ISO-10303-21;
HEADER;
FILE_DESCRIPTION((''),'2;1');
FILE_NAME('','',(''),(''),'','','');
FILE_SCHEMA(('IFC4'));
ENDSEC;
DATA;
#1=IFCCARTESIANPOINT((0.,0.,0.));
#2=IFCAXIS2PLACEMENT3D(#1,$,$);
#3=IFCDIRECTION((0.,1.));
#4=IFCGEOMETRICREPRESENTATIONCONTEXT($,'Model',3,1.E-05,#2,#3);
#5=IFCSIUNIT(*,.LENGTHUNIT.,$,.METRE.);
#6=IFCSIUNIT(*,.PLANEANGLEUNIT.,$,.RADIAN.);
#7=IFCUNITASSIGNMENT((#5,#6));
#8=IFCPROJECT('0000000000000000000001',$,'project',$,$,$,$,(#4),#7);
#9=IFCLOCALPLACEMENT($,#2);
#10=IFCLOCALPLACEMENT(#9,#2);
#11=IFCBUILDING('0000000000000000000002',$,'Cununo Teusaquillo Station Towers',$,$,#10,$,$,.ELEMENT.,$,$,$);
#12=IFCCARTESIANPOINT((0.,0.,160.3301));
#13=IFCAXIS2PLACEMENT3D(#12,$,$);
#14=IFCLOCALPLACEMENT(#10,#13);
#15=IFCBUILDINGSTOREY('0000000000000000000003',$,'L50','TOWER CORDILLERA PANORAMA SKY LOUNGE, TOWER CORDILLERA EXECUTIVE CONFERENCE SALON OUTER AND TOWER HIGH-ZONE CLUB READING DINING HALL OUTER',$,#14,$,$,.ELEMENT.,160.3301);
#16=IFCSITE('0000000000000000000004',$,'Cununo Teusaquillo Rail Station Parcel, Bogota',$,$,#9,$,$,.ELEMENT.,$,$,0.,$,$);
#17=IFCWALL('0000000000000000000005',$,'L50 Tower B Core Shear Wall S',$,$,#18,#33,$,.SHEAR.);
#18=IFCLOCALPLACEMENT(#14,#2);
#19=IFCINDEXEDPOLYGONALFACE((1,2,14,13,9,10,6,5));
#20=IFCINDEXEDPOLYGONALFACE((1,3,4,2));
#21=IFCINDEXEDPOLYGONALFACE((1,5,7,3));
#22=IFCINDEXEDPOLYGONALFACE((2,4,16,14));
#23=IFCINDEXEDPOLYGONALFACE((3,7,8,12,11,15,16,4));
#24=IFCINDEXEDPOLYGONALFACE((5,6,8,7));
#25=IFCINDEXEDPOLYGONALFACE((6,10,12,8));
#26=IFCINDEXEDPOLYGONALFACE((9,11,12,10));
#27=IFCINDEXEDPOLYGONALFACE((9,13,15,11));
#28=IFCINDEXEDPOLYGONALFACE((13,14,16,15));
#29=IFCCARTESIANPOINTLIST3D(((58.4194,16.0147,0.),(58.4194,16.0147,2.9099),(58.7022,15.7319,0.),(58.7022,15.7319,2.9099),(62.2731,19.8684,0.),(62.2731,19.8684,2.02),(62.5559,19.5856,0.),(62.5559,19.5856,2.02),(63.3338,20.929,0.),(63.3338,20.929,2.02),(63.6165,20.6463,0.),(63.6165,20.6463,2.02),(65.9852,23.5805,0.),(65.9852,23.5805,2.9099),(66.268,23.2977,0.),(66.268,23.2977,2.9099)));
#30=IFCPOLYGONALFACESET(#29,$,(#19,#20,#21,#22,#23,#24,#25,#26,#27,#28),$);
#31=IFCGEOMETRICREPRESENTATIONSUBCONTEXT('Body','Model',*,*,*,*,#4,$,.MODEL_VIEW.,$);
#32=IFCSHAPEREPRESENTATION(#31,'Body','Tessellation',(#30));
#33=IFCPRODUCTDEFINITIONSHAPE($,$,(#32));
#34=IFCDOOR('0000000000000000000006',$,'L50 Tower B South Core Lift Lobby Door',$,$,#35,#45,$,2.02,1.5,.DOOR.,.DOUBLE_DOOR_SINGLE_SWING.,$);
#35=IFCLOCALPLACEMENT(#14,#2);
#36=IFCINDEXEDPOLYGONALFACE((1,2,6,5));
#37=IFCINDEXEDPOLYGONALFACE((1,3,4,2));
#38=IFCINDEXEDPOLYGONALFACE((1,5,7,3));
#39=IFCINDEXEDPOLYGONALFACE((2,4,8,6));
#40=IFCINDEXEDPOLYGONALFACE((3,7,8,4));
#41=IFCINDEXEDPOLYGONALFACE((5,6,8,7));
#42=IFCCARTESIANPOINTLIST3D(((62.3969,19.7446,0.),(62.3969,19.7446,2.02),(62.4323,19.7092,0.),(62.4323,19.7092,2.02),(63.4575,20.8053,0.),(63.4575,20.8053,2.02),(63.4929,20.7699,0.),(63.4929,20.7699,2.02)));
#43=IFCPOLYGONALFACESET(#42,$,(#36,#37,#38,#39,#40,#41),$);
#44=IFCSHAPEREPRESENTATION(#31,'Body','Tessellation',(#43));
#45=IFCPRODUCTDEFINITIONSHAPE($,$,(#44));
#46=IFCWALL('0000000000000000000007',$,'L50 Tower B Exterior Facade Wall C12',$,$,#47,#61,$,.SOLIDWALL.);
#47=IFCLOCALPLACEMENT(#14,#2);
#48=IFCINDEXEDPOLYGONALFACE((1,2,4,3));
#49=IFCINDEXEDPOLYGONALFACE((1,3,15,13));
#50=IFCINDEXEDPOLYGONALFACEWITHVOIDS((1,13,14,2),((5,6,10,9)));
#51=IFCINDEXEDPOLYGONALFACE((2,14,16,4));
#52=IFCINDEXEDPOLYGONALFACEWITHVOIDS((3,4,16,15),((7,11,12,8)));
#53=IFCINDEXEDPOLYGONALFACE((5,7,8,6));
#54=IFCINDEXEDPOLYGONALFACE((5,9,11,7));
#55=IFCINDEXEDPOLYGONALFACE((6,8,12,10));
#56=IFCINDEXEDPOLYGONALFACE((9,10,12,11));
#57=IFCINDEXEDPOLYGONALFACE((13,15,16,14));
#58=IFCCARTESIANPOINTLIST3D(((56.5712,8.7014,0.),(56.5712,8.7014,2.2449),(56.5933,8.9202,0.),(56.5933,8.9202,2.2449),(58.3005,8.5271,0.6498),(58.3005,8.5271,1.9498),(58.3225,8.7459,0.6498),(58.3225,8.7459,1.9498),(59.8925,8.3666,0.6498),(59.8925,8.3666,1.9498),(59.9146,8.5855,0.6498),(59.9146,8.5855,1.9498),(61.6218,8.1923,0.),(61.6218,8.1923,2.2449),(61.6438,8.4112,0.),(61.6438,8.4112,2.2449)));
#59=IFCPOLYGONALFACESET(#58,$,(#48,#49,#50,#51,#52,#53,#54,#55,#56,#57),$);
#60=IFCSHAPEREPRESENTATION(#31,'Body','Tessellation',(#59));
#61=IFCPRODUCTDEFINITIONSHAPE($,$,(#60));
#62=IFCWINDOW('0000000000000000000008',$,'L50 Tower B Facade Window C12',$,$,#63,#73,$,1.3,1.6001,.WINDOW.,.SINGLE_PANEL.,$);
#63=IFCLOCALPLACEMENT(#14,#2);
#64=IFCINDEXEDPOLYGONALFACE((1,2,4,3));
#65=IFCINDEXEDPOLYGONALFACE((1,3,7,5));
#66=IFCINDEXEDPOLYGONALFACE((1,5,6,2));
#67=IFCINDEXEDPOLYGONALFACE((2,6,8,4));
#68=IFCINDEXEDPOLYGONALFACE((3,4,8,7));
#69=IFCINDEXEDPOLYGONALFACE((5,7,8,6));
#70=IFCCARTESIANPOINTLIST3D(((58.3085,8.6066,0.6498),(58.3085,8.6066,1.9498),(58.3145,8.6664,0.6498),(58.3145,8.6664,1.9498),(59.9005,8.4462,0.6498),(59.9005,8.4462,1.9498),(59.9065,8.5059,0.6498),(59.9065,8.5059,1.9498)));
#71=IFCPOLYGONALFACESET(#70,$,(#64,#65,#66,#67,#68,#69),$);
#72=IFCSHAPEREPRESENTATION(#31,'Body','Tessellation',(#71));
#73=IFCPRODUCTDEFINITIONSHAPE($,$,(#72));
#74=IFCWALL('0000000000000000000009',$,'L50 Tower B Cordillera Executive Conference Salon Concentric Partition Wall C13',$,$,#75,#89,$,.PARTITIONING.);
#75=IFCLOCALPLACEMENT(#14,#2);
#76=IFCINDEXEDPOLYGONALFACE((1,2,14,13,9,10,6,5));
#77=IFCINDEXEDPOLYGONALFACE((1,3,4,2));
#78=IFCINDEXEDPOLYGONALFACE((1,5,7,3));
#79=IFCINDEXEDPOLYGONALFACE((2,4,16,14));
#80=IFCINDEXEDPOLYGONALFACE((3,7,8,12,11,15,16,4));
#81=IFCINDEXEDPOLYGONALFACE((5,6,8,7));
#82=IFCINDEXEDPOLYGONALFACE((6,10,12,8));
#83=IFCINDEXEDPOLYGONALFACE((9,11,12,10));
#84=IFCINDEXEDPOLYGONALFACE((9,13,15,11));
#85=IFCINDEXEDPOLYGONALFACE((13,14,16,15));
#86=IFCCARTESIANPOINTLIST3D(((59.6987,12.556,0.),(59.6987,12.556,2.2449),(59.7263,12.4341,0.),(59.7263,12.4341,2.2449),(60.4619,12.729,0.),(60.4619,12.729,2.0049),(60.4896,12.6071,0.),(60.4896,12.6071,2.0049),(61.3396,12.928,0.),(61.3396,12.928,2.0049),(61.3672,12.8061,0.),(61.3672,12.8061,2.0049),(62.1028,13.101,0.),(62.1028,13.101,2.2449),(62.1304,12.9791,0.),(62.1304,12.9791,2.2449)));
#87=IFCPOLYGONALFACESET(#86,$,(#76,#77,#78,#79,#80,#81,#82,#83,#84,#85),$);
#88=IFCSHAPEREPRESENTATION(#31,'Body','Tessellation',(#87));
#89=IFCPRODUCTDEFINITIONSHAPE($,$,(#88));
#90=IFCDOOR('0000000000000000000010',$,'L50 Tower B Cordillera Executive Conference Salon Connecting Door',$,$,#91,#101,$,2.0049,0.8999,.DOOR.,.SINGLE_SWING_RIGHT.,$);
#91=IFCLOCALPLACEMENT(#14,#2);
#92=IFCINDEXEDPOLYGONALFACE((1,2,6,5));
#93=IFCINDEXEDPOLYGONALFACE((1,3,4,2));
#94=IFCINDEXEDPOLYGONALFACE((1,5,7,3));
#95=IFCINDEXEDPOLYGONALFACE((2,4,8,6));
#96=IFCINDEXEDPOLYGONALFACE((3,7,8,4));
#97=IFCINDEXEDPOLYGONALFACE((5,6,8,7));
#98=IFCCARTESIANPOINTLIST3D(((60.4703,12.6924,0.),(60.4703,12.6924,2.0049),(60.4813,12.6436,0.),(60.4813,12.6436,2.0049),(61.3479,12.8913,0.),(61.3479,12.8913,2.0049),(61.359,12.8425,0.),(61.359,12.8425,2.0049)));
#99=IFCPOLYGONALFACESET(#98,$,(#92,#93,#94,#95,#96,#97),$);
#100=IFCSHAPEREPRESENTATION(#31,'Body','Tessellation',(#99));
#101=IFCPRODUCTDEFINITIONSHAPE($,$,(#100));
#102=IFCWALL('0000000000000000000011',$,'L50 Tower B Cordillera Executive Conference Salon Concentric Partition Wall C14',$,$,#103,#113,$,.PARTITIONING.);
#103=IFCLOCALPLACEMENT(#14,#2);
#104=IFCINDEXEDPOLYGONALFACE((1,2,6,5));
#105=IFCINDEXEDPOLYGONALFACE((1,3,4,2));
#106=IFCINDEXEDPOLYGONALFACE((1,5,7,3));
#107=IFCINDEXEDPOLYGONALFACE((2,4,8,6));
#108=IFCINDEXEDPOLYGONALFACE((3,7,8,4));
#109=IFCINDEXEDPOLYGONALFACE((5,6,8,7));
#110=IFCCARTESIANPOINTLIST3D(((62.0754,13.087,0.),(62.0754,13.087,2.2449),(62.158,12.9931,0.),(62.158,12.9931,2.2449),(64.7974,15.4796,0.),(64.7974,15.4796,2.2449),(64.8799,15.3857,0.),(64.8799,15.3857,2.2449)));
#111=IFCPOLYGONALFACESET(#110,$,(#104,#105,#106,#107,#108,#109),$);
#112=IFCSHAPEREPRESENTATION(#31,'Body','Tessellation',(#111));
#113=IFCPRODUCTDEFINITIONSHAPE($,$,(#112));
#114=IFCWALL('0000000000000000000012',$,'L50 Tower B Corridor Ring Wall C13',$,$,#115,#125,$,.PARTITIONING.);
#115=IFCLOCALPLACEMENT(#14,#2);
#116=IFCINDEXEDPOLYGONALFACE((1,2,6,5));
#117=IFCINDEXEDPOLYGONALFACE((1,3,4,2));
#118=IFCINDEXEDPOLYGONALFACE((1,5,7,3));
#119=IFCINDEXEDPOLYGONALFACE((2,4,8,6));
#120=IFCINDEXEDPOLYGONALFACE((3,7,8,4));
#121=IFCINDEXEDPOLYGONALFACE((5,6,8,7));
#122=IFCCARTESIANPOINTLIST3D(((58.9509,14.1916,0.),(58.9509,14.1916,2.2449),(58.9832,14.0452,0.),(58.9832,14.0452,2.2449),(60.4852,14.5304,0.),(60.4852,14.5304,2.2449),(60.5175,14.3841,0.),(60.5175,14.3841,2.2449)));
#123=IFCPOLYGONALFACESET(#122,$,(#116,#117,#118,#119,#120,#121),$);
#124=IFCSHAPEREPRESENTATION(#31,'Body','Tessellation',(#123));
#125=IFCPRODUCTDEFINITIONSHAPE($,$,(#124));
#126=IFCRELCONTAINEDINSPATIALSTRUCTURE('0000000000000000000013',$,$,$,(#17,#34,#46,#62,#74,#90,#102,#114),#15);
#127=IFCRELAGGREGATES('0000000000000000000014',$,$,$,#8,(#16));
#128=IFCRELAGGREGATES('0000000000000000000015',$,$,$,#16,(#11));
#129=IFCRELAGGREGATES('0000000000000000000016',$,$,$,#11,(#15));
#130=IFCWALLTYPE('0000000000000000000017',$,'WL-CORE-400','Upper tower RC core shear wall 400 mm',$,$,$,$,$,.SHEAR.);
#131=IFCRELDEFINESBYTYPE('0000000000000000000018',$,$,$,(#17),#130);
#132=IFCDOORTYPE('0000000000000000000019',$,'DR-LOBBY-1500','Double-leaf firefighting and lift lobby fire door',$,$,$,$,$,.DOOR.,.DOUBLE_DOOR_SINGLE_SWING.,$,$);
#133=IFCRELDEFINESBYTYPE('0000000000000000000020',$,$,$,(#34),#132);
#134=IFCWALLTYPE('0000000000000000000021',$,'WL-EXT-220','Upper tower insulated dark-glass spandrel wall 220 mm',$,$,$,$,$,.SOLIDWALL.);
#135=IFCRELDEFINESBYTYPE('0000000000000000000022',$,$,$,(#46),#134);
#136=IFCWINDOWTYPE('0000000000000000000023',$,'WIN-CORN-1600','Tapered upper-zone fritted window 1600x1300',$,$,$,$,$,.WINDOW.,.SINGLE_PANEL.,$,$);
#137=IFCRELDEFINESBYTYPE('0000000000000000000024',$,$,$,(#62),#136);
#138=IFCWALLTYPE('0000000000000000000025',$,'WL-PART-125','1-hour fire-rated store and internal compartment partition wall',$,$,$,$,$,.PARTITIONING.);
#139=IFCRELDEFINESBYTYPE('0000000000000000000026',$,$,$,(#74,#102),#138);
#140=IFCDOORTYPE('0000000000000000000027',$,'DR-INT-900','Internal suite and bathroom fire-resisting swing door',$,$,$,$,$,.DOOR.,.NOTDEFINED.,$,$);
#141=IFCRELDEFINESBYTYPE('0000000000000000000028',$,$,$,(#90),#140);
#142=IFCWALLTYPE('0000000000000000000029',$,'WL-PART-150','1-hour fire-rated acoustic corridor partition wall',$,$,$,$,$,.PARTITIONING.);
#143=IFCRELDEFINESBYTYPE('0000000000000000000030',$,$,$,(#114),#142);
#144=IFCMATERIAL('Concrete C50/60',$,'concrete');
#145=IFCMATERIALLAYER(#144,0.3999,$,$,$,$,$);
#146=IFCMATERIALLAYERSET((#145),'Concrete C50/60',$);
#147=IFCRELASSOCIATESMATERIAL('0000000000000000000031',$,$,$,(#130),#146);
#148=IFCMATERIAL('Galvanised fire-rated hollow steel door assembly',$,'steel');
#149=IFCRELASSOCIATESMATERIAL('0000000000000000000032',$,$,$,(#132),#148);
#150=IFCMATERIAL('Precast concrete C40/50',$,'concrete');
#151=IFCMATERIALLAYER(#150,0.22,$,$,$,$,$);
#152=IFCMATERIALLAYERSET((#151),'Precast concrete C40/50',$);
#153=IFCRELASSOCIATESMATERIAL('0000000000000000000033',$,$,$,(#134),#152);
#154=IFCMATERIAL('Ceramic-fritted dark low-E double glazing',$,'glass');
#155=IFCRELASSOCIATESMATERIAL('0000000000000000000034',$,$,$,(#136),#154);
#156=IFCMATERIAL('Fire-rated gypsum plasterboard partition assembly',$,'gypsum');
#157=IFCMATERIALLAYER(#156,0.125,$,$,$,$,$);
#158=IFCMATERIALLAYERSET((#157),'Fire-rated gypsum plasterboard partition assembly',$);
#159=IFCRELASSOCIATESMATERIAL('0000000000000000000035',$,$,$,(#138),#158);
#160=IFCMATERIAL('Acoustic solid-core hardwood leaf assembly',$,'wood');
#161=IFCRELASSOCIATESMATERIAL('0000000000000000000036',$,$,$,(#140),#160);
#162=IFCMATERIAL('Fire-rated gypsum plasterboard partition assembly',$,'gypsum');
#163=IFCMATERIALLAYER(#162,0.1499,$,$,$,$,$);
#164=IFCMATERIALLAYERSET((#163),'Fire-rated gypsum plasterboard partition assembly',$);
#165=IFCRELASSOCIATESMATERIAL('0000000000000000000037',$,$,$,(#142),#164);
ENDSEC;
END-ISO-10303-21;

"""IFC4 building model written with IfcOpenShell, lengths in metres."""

from ifc_helpers import new_model, si_unit, direction, frame, frame_2d, origin, place, context, subcontext, project, spatial, rectangle, extrude, source, transform, mapped, material, layer, layer_set, type_object, element, fill, save


model = new_model("IFC4")

# Units and contexts
model_context = context("Model", 3, precision=1e-05, world=origin(), true_north=direction((0.0, 1.0)))
body_context = subcontext(model_context, "Body", "Model", "MODEL_VIEW")
ifc_project = project(units=[si_unit("LENGTHUNIT", "METRE"), si_unit("PLANEANGLEUNIT", "RADIAN")], contexts=[model_context])

# Site, building, storey
site_placement = place(None, origin())
site = spatial("IfcSite", under=ifc_project, at=site_placement, Name="Cununo Teusaquillo Rail Station Parcel, Bogota", CompositionType="ELEMENT", RefElevation=0.0)
building_placement = place(site_placement, origin())
building = spatial("IfcBuilding", under=site, at=building_placement, Name="Cununo Teusaquillo Station Towers", CompositionType="ELEMENT")
storey_placement = place(building_placement, frame((0.0, 0.0, 160.3301)))
storey = spatial("IfcBuildingStorey", under=building, at=storey_placement, Name="L50", Description="TOWER CORDILLERA PANORAMA SKY LOUNGE, TOWER CORDILLERA EXECUTIVE CONFERENCE SALON OUTER AND TOWER HIGH-ZONE CLUB READING DINING HALL OUTER", CompositionType="ELEMENT", Elevation=160.3301)

# Shared definitions
ifc_material_1 = material(Name="Concrete C50/60", Category="concrete")
ifc_layer_1 = layer(ifc_material_1, 0.3999)
ifc_layer_set_1 = layer_set([ifc_layer_1], Name="Concrete C50/60")
wall_type_1 = type_object("IfcWallType", Name="WL-CORE-400", Description="Upper tower RC core shear wall 400 mm", PredefinedType="SHEAR", material=ifc_layer_set_1)

# Wall, opening, door
wall_1_placement = place(storey_placement, frame((58.5608, 15.8733, 0.0), z_axis=(0.0, 0.0, 1.0), x_axis=(0.707107, 0.707107, 0.0)))
wall_1 = element("IfcWall", 1, at=wall_1_placement, inside=storey, type_object=wall_type_1, Name="L50 Tower B Core Shear Wall S", PredefinedType="SHEAR", context=body_context, shape_type="SweptSolid", body=[
    extrude(rectangle(XDim=10.6997, YDim=0.3999, at=frame_2d((5.3499, 0.0))), origin(), (0.0, 0.0, 1.0), 2.9099),
])
shared_shape_1 = source(origin(), body_context, "Body", "SweptSolid", [
    extrude(rectangle(XDim=1.5, YDim=2.02, at=frame_2d((0.75, 1.01))), frame((0.0, 0.21, 0.0), z_axis=(0.0, -1.0, 0.0), x_axis=(1.0, 0.0, 0.0)), (0.0, 0.0, 1.0), 0.4199),
])
opening_1_placement = place(wall_1_placement, frame((5.45, 0.0, 0.0)))
opening_1 = element("IfcOpeningElement", 2, at=opening_1_placement, cuts=wall_1, PredefinedType="OPENING", context=body_context, shape_type="MappedRepresentation", body=[
    mapped(shared_shape_1, transform((0.0, 0.0, 0.0), x_axis=(1.0, 0.0, 0.0), y_axis=(0.0, 1.0, 0.0), z_axis=(0.0, 0.0, 1.0), scale=1.0)),
])
ifc_material_2 = material(Name="Galvanised fire-rated hollow steel door assembly", Category="steel")
door_type_1 = type_object("IfcDoorType", Name="DR-LOBBY-1500", Description="Double-leaf firefighting and lift lobby fire door", OperationType="DOUBLE_DOOR_SINGLE_SWING", PredefinedType="DOOR", material=ifc_material_2)
shared_shape_2 = source(origin(), body_context, "Body", "SweptSolid", [
    extrude(rectangle(XDim=1.5, YDim=2.02, at=frame_2d((0.75, 1.01))), frame((0.0, 0.0249, 0.0), z_axis=(0.0, -1.0, 0.0), x_axis=(1.0, 0.0, 0.0)), (0.0, 0.0, 1.0), 0.05),
])
door_1_placement = place(opening_1_placement, origin())
door_1 = element("IfcDoor", 3, at=door_1_placement, inside=storey, type_object=door_type_1, Name="L50 Tower B South Core Lift Lobby Door", OperationType="DOUBLE_DOOR_SINGLE_SWING", OverallHeight=2.02, OverallWidth=1.5, PredefinedType="DOOR", context=body_context, shape_type="MappedRepresentation", body=[
    mapped(shared_shape_2, transform((0.0, 0.0, 0.0), x_axis=(1.0, 0.0, 0.0), y_axis=(0.0, 1.0, 0.0), z_axis=(0.0, 0.0, 1.0), scale=1.0)),
])
fill(opening_1, door_1)

# Wall, opening, window
ifc_material_3 = material(Name="Precast concrete C40/50", Category="concrete")
ifc_layer_2 = layer(ifc_material_3, 0.22)
ifc_layer_set_2 = layer_set([ifc_layer_2], Name="Precast concrete C40/50")
wall_type_2 = type_object("IfcWallType", Name="WL-EXT-220", Description="Upper tower insulated dark-glass spandrel wall 220 mm", PredefinedType="SOLIDWALL", material=ifc_layer_set_2)
wall_2_placement = place(storey_placement, frame((61.6328, 8.3018, 0.0), z_axis=(0.0, 0.0, 1.0), x_axis=(-0.994959, 0.10028, 0.0)))
wall_2 = element("IfcWall", 4, at=wall_2_placement, inside=storey, type_object=wall_type_2, Name="L50 Tower B Exterior Facade Wall C12", PredefinedType="SOLIDWALL", context=body_context, shape_type="SweptSolid", body=[
    extrude(rectangle(XDim=5.0762, YDim=0.22, at=frame_2d((2.5381, 0.0))), origin(), (0.0, 0.0, 1.0), 2.2449),
])
shared_shape_3 = source(origin(), body_context, "Body", "SweptSolid", [
    extrude(rectangle(XDim=1.6001, YDim=1.3, at=frame_2d((0.8, 0.6499))), frame((0.0, 0.1199, 0.0), z_axis=(0.0, -1.0, 0.0), x_axis=(1.0, 0.0, 0.0)), (0.0, 0.0, 1.0), 0.24),
])
opening_2_placement = place(wall_2_placement, frame((1.738, 0.0, 0.6499)))
opening_2 = element("IfcOpeningElement", 5, at=opening_2_placement, cuts=wall_2, PredefinedType="OPENING", context=body_context, shape_type="MappedRepresentation", body=[
    mapped(shared_shape_3, transform((0.0, 0.0, 0.0), x_axis=(1.0, 0.0, 0.0), y_axis=(0.0, 1.0, 0.0), z_axis=(0.0, 0.0, 1.0), scale=1.0)),
])
ifc_material_4 = material(Name="Ceramic-fritted dark low-E double glazing", Category="glass")
window_type = type_object("IfcWindowType", Name="WIN-CORN-1600", Description="Tapered upper-zone fritted window 1600x1300", PartitioningType="SINGLE_PANEL", PredefinedType="WINDOW", material=ifc_material_4)
shared_shape_4 = source(origin(), body_context, "Body", "SweptSolid", [
    extrude(rectangle(XDim=1.6001, YDim=1.3, at=frame_2d((0.8, 0.6499))), frame((0.0, 0.03, 0.0), z_axis=(0.0, -1.0, 0.0), x_axis=(1.0, 0.0, 0.0)), (0.0, 0.0, 1.0), 0.0601),
])
window_placement = place(opening_2_placement, origin())
window = element("IfcWindow", 6, at=window_placement, inside=storey, type_object=window_type, Name="L50 Tower B Facade Window C12", OverallHeight=1.3, OverallWidth=1.6001, PartitioningType="SINGLE_PANEL", PredefinedType="WINDOW", context=body_context, shape_type="MappedRepresentation", body=[
    mapped(shared_shape_4, transform((0.0, 0.0, 0.0), x_axis=(1.0, 0.0, 0.0), y_axis=(0.0, 1.0, 0.0), z_axis=(0.0, 0.0, 1.0), scale=1.0)),
])
fill(opening_2, window)

# Wall, opening, door
ifc_material_5 = material(Name="Fire-rated gypsum plasterboard partition assembly", Category="gypsum")
ifc_layer_3 = layer(ifc_material_5, 0.125)
ifc_layer_set_3 = layer_set([ifc_layer_3], Name="Fire-rated gypsum plasterboard partition assembly")
wall_type_3 = type_object("IfcWallType", Name="WL-PART-125", Description="1-hour fire-rated store and internal compartment partition wall", PredefinedType="PARTITIONING", material=ifc_layer_set_3)
wall_3_placement = place(storey_placement, frame((59.7126, 12.4951, 0.0), z_axis=(0.0, 0.0, 1.0), x_axis=(0.97526, 0.22106, 0.0)))
wall_3 = element("IfcWall", 7, at=wall_3_placement, inside=storey, type_object=wall_type_3, Name="L50 Tower B Cordillera Executive Conference Salon Concentric Partition Wall C13", PredefinedType="PARTITIONING", context=body_context, shape_type="SweptSolid", body=[
    extrude(rectangle(XDim=2.4651, YDim=0.125, at=frame_2d((1.2324, 0.0))), origin(), (0.0, 0.0, 1.0), 2.2449),
])
shared_shape_5 = source(origin(), body_context, "Body", "SweptSolid", [
    extrude(rectangle(XDim=0.8999, YDim=2.0049, at=frame_2d((0.45, 1.0024))), frame((0.0, 0.0725, 0.0), z_axis=(0.0, -1.0, 0.0), x_axis=(1.0, 0.0, 0.0)), (0.0, 0.0, 1.0), 0.145),
])
opening_3_placement = place(wall_3_placement, frame((0.7825, 0.0, 0.0)))
opening_3 = element("IfcOpeningElement", 8, at=opening_3_placement, cuts=wall_3, PredefinedType="OPENING", context=body_context, shape_type="MappedRepresentation", body=[
    mapped(shared_shape_5, transform((0.0, 0.0, 0.0), x_axis=(1.0, 0.0, 0.0), y_axis=(0.0, 1.0, 0.0), z_axis=(0.0, 0.0, 1.0), scale=1.0)),
])
ifc_material_6 = material(Name="Acoustic solid-core hardwood leaf assembly", Category="wood")
door_type_2 = type_object("IfcDoorType", Name="DR-INT-900", Description="Internal suite and bathroom fire-resisting swing door", OperationType="NOTDEFINED", PredefinedType="DOOR", material=ifc_material_6)
shared_shape_6 = source(origin(), body_context, "Body", "SweptSolid", [
    extrude(rectangle(XDim=0.8999, YDim=2.0049, at=frame_2d((0.45, 1.0024))), frame((0.0, 0.0249, 0.0), z_axis=(0.0, -1.0, 0.0), x_axis=(1.0, 0.0, 0.0)), (0.0, 0.0, 1.0), 0.05),
])
door_2_placement = place(opening_3_placement, origin())
door_2 = element("IfcDoor", 9, at=door_2_placement, inside=storey, type_object=door_type_2, Name="L50 Tower B Cordillera Executive Conference Salon Connecting Door", OperationType="SINGLE_SWING_RIGHT", OverallHeight=2.0049, OverallWidth=0.8999, PredefinedType="DOOR", context=body_context, shape_type="MappedRepresentation", body=[
    mapped(shared_shape_6, transform((0.0, 0.0, 0.0), x_axis=(1.0, 0.0, 0.0), y_axis=(0.0, 1.0, 0.0), z_axis=(0.0, 0.0, 1.0), scale=1.0)),
])
fill(opening_3, door_2)

# Walls
wall_4_placement = place(storey_placement, frame((62.1167, 13.04, 0.0), z_axis=(0.0, 0.0, 1.0), x_axis=(0.751085, 0.660206, 0.0)))
element("IfcWall", 10, at=wall_4_placement, inside=storey, type_object=wall_type_3, Name="L50 Tower B Cordillera Executive Conference Salon Concentric Partition Wall C14", PredefinedType="PARTITIONING", context=body_context, shape_type="SweptSolid", body=[
    extrude(rectangle(XDim=3.624, YDim=0.125, at=frame_2d((1.812, 0.0))), origin(), (0.0, 0.0, 1.0), 2.2449),
])
ifc_material_7 = material(Name="Fire-rated gypsum plasterboard partition assembly", Category="gypsum")
ifc_layer_4 = layer(ifc_material_7, 0.1499)
ifc_layer_set_4 = layer_set([ifc_layer_4], Name="Fire-rated gypsum plasterboard partition assembly")
wall_type_4 = type_object("IfcWallType", Name="WL-PART-150", Description="1-hour fire-rated acoustic corridor partition wall", PredefinedType="PARTITIONING", material=ifc_layer_set_4)
wall_5_placement = place(storey_placement, frame((58.967, 14.1184, 0.0), z_axis=(0.0, 0.0, 1.0), x_axis=(0.976471, 0.215647, 0.0)))
element("IfcWall", 11, at=wall_5_placement, inside=storey, type_object=wall_type_4, Name="L50 Tower B Corridor Ring Wall C13", PredefinedType="PARTITIONING", context=body_context, shape_type="SweptSolid", body=[
    extrude(rectangle(XDim=1.5713, YDim=0.1499, at=frame_2d((0.7856, 0.0))), origin(), (0.0, 0.0, 1.0), 2.2449),
])

save(model, "model.ifc")
